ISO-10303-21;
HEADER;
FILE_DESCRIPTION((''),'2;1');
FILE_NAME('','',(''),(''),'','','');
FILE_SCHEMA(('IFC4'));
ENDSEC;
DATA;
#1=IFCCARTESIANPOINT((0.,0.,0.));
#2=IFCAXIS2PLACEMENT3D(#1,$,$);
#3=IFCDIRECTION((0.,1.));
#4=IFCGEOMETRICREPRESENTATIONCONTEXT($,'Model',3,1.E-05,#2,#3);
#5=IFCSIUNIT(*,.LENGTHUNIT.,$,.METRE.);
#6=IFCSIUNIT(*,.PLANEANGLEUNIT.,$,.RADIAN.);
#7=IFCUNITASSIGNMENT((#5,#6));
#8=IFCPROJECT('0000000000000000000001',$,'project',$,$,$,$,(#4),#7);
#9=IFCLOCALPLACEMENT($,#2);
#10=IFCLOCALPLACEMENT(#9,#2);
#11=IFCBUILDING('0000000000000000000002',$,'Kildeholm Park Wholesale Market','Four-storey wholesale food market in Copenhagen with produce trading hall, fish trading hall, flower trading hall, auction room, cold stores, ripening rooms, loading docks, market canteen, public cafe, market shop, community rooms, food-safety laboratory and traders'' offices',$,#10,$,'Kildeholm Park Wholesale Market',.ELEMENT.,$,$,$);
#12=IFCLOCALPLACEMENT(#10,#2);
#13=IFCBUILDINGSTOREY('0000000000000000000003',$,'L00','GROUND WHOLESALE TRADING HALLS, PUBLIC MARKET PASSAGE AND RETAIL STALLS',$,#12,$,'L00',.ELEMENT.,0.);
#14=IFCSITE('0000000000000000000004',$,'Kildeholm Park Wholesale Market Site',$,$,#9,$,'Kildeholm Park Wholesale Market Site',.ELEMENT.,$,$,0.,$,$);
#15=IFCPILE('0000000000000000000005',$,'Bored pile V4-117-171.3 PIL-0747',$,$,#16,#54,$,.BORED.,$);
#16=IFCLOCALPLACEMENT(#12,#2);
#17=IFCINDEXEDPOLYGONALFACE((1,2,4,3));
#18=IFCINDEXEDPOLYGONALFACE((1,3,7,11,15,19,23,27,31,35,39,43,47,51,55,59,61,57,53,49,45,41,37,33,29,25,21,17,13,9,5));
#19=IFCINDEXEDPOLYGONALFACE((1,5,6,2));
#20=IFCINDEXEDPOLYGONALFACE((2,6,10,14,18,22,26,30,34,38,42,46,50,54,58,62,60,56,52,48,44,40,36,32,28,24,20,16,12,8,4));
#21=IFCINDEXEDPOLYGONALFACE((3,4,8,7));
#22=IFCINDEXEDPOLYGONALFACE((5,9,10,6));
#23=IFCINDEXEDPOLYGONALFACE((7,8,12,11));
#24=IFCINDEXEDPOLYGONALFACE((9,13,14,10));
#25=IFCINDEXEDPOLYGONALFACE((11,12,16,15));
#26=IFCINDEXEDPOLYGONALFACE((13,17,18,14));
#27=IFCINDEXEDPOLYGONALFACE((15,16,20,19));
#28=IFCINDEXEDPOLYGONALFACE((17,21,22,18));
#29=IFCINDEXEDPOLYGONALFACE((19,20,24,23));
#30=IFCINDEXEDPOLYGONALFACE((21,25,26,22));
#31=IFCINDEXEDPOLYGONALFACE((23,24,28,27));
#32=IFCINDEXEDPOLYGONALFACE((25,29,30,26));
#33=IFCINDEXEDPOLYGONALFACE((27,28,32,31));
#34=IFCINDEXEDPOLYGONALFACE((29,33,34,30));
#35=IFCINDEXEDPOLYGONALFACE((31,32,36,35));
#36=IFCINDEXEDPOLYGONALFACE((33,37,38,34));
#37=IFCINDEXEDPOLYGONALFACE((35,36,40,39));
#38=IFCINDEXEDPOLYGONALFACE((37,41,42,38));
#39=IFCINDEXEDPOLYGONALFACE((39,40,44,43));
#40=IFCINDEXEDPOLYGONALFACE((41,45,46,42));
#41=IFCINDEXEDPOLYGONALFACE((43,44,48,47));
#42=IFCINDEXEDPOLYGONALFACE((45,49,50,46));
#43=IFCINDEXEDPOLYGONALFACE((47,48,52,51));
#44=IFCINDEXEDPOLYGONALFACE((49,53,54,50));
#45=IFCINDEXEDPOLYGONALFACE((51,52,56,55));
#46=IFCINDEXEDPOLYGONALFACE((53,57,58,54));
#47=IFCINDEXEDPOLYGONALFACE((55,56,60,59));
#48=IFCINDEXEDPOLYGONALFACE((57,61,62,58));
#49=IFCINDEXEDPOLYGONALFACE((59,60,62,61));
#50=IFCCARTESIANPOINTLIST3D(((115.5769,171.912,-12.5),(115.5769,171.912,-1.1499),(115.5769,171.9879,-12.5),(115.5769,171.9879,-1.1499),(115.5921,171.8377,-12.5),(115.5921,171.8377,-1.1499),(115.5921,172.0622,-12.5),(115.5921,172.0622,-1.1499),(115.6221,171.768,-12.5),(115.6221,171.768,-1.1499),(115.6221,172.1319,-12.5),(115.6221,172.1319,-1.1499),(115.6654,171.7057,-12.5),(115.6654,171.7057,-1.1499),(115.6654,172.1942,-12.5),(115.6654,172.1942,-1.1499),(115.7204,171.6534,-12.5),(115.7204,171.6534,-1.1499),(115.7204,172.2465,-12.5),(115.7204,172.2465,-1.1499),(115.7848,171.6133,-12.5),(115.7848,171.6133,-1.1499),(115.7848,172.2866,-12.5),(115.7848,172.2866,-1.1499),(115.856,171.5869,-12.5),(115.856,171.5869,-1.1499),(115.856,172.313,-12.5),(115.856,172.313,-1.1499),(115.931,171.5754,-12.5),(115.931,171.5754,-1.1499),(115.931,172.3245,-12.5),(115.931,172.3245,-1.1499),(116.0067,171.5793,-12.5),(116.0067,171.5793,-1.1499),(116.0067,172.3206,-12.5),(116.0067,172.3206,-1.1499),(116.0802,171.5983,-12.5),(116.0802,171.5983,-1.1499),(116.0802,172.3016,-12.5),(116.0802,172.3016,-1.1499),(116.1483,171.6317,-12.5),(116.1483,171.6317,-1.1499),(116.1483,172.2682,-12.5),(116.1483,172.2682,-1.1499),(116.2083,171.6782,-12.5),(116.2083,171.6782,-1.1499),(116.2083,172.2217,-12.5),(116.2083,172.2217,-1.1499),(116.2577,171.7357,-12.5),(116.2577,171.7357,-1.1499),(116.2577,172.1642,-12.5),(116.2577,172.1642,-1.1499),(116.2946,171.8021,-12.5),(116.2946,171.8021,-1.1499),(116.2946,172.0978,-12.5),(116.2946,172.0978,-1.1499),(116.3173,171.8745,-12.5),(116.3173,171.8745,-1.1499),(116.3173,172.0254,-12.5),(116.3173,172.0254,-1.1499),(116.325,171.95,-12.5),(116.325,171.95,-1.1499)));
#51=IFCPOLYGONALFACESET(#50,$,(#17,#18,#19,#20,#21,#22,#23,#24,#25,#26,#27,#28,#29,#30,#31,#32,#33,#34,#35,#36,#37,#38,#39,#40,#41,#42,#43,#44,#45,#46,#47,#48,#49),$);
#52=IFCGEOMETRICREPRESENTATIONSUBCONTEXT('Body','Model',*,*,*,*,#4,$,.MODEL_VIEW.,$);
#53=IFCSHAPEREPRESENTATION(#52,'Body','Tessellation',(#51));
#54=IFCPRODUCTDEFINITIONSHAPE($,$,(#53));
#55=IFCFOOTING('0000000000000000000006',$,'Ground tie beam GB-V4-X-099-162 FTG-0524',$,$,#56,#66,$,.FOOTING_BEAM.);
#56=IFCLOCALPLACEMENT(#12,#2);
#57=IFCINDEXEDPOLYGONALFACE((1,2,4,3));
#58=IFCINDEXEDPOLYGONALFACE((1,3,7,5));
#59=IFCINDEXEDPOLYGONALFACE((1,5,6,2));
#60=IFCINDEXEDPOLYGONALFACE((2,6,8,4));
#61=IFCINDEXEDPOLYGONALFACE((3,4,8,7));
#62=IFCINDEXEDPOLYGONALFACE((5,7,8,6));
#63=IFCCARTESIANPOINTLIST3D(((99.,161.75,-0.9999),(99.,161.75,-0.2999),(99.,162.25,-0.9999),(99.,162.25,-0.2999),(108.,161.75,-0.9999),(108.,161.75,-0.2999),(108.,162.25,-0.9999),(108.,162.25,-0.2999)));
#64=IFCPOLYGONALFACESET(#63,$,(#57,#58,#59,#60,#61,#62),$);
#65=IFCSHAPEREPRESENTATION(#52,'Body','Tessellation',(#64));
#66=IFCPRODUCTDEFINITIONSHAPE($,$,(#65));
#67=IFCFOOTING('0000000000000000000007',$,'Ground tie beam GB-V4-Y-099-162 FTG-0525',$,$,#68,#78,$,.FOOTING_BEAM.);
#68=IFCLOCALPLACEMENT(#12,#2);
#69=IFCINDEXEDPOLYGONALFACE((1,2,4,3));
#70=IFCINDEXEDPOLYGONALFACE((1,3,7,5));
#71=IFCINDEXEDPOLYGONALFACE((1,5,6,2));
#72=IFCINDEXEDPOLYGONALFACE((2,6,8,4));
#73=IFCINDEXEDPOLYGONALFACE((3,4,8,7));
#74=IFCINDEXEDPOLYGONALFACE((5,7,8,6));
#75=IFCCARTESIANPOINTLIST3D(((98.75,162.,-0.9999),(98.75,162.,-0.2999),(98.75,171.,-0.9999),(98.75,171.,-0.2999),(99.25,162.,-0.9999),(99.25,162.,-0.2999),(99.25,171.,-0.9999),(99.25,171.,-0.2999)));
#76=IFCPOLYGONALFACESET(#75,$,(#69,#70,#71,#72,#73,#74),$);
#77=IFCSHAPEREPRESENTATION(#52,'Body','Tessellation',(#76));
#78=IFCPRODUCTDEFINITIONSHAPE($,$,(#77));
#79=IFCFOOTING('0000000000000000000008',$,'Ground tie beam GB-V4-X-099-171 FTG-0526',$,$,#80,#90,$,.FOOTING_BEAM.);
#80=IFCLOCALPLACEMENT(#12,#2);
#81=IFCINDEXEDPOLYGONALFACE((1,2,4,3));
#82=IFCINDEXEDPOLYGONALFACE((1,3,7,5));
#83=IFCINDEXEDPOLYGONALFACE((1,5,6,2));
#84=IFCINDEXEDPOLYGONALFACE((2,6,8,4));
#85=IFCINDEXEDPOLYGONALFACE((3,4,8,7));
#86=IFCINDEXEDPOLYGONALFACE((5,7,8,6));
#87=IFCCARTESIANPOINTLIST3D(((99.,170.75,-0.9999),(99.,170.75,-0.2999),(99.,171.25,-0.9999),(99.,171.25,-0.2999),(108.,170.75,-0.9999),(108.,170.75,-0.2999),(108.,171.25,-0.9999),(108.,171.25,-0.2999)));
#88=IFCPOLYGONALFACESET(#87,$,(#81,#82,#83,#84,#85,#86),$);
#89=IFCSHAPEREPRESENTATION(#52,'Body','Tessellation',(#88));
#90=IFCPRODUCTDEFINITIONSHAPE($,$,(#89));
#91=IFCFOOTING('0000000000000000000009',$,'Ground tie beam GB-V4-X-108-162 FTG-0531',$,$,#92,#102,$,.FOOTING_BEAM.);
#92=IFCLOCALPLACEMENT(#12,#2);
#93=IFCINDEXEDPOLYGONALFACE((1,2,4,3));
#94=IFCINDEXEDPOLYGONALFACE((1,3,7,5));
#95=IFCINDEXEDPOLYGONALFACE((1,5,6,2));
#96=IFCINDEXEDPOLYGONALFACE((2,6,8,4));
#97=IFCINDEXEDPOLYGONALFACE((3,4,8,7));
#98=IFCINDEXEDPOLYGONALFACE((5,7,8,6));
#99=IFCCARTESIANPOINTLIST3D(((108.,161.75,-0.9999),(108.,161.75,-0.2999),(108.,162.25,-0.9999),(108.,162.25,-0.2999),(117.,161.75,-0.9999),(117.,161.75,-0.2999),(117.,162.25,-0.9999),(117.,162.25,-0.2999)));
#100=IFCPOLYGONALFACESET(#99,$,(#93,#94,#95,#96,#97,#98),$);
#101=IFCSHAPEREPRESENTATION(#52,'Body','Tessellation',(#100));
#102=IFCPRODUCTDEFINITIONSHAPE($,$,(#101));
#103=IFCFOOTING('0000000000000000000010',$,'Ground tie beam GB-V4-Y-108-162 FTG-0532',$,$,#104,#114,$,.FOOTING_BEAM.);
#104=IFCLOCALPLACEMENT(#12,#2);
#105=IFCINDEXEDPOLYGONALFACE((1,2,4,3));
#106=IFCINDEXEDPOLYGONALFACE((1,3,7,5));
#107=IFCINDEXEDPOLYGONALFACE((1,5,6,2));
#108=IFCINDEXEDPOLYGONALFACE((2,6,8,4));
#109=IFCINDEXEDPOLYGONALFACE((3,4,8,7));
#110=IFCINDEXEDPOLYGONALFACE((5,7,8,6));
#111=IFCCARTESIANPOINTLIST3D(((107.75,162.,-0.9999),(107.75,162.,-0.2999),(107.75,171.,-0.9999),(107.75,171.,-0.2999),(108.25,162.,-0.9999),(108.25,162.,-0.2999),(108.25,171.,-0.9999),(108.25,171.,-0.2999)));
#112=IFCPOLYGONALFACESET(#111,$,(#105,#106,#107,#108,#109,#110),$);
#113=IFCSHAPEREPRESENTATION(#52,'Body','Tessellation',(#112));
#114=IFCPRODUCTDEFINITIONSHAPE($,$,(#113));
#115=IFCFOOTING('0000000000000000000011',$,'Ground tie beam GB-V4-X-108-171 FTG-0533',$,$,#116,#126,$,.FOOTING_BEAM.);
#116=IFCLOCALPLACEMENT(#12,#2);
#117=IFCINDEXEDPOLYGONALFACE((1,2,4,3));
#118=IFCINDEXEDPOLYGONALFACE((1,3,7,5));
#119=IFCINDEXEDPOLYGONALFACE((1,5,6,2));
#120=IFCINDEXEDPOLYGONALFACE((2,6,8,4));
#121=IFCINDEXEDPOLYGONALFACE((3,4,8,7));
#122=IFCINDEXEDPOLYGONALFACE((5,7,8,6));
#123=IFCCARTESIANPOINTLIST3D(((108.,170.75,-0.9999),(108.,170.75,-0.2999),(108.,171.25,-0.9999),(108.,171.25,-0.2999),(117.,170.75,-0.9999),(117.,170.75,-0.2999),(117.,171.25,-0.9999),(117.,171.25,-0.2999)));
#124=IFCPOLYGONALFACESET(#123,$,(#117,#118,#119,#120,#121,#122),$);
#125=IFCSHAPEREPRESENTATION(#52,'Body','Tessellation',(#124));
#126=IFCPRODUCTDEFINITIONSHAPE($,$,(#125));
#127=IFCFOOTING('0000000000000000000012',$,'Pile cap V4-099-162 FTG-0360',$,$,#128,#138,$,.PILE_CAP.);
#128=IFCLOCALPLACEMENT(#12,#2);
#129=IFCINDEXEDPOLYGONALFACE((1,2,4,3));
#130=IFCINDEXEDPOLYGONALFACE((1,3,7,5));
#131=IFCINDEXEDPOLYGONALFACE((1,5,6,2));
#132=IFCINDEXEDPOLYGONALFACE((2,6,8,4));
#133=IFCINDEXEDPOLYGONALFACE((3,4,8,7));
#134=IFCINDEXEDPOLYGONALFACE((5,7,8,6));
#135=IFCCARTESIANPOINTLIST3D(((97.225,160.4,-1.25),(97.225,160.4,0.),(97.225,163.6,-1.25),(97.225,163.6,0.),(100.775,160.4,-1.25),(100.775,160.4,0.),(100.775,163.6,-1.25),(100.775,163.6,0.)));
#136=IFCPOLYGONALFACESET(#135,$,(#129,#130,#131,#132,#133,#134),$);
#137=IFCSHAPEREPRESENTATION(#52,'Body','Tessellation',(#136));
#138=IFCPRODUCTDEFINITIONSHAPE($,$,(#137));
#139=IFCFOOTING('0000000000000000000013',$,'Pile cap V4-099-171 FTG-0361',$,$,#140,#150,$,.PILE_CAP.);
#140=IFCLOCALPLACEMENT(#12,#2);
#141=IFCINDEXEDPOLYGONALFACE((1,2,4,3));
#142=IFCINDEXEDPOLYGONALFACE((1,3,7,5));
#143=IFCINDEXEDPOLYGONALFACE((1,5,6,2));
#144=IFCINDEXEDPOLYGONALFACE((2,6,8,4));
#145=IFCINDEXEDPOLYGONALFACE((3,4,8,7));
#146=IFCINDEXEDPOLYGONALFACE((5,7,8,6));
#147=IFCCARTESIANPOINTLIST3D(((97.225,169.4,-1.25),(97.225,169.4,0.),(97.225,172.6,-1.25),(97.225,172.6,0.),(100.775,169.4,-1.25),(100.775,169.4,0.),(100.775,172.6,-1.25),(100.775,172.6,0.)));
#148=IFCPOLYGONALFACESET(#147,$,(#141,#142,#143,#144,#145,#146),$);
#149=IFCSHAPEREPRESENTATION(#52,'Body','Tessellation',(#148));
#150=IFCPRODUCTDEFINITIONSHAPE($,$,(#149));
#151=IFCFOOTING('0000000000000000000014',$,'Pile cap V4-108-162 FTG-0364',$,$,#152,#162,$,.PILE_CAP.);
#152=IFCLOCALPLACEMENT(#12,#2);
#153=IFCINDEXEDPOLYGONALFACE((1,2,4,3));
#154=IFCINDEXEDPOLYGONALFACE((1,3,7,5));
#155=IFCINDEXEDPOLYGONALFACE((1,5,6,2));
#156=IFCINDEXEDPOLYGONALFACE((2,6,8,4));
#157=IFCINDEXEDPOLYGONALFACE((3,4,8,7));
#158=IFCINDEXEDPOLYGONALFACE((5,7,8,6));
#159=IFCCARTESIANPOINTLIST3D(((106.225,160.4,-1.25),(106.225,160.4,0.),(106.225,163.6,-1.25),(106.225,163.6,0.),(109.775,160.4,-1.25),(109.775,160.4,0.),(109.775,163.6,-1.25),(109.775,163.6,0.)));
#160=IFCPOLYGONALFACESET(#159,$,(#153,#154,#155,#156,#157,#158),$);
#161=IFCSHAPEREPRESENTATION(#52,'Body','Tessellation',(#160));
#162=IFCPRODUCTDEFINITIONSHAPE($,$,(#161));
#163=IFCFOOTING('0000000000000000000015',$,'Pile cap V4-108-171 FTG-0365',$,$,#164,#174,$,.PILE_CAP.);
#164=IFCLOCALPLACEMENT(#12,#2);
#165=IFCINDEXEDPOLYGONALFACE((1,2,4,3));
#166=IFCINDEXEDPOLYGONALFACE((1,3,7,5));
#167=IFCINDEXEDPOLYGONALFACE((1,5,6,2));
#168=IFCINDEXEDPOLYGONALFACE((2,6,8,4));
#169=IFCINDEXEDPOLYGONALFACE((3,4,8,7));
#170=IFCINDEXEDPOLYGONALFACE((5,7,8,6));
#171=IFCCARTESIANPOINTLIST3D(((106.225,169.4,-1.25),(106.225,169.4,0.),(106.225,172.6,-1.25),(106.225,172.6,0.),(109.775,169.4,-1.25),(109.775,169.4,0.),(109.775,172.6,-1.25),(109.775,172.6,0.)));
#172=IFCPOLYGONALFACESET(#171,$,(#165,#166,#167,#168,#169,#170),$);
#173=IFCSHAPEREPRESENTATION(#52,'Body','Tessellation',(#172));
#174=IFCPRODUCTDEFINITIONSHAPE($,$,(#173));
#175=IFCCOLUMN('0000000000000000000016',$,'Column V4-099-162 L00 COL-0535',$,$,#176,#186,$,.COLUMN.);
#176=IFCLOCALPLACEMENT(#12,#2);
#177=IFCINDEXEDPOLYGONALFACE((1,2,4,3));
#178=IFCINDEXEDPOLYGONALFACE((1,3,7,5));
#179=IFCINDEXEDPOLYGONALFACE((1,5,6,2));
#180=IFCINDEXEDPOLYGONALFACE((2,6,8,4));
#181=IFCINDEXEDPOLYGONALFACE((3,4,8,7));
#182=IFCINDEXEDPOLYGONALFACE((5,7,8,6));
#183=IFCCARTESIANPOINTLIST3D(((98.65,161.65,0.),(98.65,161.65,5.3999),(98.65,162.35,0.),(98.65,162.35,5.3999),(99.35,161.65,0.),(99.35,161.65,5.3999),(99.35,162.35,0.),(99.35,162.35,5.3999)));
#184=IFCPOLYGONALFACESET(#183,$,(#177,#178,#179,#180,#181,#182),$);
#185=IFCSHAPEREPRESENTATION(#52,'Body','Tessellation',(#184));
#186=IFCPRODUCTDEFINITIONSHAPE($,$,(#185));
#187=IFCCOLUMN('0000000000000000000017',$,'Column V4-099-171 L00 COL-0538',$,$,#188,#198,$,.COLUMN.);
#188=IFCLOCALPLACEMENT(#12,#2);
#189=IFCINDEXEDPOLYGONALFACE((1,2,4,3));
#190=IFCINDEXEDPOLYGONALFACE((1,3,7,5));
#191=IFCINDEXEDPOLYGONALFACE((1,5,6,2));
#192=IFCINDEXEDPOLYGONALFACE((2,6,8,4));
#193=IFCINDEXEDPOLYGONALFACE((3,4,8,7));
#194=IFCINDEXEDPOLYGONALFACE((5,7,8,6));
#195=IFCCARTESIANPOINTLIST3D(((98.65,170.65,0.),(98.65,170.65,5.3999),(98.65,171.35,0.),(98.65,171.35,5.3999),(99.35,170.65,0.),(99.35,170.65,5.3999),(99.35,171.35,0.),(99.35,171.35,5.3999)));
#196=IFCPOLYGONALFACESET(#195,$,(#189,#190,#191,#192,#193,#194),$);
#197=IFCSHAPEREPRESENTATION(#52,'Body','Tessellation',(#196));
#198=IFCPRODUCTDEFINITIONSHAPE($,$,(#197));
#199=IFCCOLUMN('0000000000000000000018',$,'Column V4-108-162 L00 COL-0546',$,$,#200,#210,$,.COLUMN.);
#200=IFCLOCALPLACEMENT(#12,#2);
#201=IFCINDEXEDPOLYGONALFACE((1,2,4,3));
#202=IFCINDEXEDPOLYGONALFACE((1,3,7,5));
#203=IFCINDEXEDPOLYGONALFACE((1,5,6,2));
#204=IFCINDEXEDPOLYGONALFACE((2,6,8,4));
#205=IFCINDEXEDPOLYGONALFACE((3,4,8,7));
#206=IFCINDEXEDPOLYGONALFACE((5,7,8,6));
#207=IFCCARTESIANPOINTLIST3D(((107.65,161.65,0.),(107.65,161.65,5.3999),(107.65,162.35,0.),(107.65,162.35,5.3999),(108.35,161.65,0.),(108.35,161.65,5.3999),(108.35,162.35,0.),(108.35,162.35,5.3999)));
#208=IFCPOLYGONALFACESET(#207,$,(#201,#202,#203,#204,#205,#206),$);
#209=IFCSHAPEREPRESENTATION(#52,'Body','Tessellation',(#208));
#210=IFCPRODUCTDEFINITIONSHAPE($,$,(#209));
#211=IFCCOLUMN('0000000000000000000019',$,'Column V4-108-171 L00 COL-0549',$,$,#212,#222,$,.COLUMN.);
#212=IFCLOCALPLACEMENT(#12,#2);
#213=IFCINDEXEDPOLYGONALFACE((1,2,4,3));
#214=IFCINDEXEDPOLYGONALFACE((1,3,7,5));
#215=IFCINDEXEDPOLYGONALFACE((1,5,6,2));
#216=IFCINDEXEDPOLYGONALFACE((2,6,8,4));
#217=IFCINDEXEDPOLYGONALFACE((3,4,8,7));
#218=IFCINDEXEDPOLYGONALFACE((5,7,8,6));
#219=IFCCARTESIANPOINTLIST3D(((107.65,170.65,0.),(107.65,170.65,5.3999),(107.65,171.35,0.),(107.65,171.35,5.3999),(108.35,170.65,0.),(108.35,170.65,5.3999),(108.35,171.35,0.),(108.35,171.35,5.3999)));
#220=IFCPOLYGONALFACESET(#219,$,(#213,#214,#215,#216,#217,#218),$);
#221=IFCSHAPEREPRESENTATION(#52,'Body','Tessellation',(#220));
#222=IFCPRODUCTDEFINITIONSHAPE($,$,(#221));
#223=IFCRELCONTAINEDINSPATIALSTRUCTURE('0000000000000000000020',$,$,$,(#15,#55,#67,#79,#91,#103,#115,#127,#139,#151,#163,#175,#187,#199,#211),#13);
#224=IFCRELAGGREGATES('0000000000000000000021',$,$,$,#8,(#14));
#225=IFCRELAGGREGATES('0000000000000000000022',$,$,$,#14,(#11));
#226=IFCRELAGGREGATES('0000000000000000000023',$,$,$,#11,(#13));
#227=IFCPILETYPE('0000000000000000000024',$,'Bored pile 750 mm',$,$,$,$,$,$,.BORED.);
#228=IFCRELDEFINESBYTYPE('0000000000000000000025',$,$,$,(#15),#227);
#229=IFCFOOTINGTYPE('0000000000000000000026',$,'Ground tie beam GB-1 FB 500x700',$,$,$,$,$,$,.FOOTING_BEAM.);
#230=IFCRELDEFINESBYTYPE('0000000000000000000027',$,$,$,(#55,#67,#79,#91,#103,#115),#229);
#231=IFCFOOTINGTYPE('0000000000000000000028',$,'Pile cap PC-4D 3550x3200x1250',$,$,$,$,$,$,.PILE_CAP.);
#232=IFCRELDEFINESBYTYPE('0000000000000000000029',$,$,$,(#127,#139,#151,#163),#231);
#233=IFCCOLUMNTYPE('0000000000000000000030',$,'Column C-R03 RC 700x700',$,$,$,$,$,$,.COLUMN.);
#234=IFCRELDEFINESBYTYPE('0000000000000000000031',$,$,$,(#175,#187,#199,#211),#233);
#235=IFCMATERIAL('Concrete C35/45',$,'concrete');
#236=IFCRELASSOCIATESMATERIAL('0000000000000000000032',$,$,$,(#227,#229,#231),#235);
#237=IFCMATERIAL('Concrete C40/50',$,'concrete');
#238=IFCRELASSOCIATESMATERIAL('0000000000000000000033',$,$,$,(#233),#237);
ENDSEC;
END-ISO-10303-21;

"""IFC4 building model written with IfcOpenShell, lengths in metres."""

from ifc_helpers import new_model, si_unit, direction, frame, origin, origin_2d, place, context, subcontext, project, spatial, rectangle, circle, extrude, material, material_profile, profile_set, type_object, element, save


model = new_model("IFC4")

# Units and contexts
model_context = context("Model", 3, precision=1e-05, world=origin(), true_north=direction((0.0, 1.0)))
body_context = subcontext(model_context, "Body", "Model", "MODEL_VIEW")
ifc_project = project(units=[si_unit("LENGTHUNIT", "METRE"), si_unit("PLANEANGLEUNIT", "RADIAN")], contexts=[model_context])

# Site, building, storey
site_placement = place(None, origin())
site = spatial("IfcSite", under=ifc_project, at=site_placement, Name="Kildeholm Park Wholesale Market Site", LongName="Kildeholm Park Wholesale Market Site", CompositionType="ELEMENT", RefElevation=0.0)
building_placement = place(site_placement, origin())
building = spatial("IfcBuilding", under=site, at=building_placement, Name="Kildeholm Park Wholesale Market", Description="Four-storey wholesale food market in Copenhagen with produce trading hall, fish trading hall, flower trading hall, auction room, cold stores, ripening rooms, loading docks, market canteen, public cafe, market shop, community rooms, food-safety laboratory and traders' offices", LongName="Kildeholm Park Wholesale Market", CompositionType="ELEMENT")
storey_placement = place(building_placement, origin())
storey = spatial("IfcBuildingStorey", under=building, at=storey_placement, Name="L00", Description="GROUND WHOLESALE TRADING HALLS, PUBLIC MARKET PASSAGE AND RETAIL STALLS", LongName="L00", CompositionType="ELEMENT", Elevation=0.0)

# Pile
ifc_material_1 = material(Name="Concrete C35/45", Category="concrete")
ifc_material_profile_1 = material_profile(ifc_material_1, circle(Radius=0.375, at=origin_2d()), Name="PILE D750")
ifc_profile_set_1 = profile_set([ifc_material_profile_1], Name="Concrete C35/45")
pile_type = type_object("IfcPileType", Name="Bored pile 750 mm", PredefinedType="BORED", material=ifc_profile_set_1)
for number, where, z_axis, x_axis, name in (
    (1, (115.95, 171.95, -1.1499), (0.0, 0.0, -1.0), (1.0, 0.0, 0.0), "Bored pile V4-117-171.3 PIL-0747"),
):
    element("IfcPile", number, at=place(storey_placement, frame(where, z_axis=z_axis, x_axis=x_axis)), inside=storey, type_object=pile_type, Name=name, PredefinedType="BORED", context=body_context, shape_type="SweptSolid", body=[
        extrude(circle(Radius=0.375, at=origin_2d()), origin(), (0.0, 0.0, 1.0), 11.3501),
    ])

# Footings
ifc_material_profile_2 = material_profile(ifc_material_1, rectangle(XDim=0.5, YDim=0.7, at=origin_2d()), Name="FB 500x700")
ifc_profile_set_2 = profile_set([ifc_material_profile_2], Name="Concrete C35/45")
footing_type_1 = type_object("IfcFootingType", Name="Ground tie beam GB-1 FB 500x700", PredefinedType="FOOTING_BEAM", material=ifc_profile_set_2)
for number, where, z_axis, x_axis, name in (
    (2, (99.0, 162.0, -0.6499), (1.0, 0.0, 0.0), (0.0, 1.0, 0.0), "Ground tie beam GB-V4-X-099-162 FTG-0524"),
    (3, (99.0, 162.0, -0.6499), (0.0, 1.0, 0.0), (-1.0, 0.0, 0.0), "Ground tie beam GB-V4-Y-099-162 FTG-0525"),
    (4, (99.0, 171.0, -0.6499), (1.0, 0.0, 0.0), (0.0, 1.0, 0.0), "Ground tie beam GB-V4-X-099-171 FTG-0526"),
    (5, (108.0, 162.0, -0.6499), (1.0, 0.0, 0.0), (0.0, 1.0, 0.0), "Ground tie beam GB-V4-X-108-162 FTG-0531"),
    (6, (108.0, 162.0, -0.6499), (0.0, 1.0, 0.0), (-1.0, 0.0, 0.0), "Ground tie beam GB-V4-Y-108-162 FTG-0532"),
    (7, (108.0, 171.0, -0.6499), (1.0, 0.0, 0.0), (0.0, 1.0, 0.0), "Ground tie beam GB-V4-X-108-171 FTG-0533"),
):
    element("IfcFooting", number, at=place(storey_placement, frame(where, z_axis=z_axis, x_axis=x_axis)), inside=storey, type_object=footing_type_1, Name=name, PredefinedType="FOOTING_BEAM", context=body_context, shape_type="SweptSolid", body=[
        extrude(rectangle(XDim=0.5, YDim=0.7, at=origin_2d()), origin(), (0.0, 0.0, 1.0), 9.0),
    ])
footing_type_2 = type_object("IfcFootingType", Name="Pile cap PC-4D 3550x3200x1250", PredefinedType="PILE_CAP", material=ifc_material_1)
for number, where, z_axis, x_axis, name in (
    (8, (99.0, 162.0, -1.25), (0.0, 0.0, 1.0), (1.0, 0.0, 0.0), "Pile cap V4-099-162 FTG-0360"),
    (9, (99.0, 171.0, -1.25), (0.0, 0.0, 1.0), (1.0, 0.0, 0.0), "Pile cap V4-099-171 FTG-0361"),
    (10, (108.0, 162.0, -1.25), (0.0, 0.0, 1.0), (1.0, 0.0, 0.0), "Pile cap V4-108-162 FTG-0364"),
    (11, (108.0, 171.0, -1.25), (0.0, 0.0, 1.0), (1.0, 0.0, 0.0), "Pile cap V4-108-171 FTG-0365"),
):
    element("IfcFooting", number, at=place(storey_placement, frame(where, z_axis=z_axis, x_axis=x_axis)), inside=storey, type_object=footing_type_2, Name=name, PredefinedType="PILE_CAP", context=body_context, shape_type="SweptSolid", body=[
        extrude(rectangle(XDim=3.55, YDim=3.2, at=origin_2d()), origin(), (0.0, 0.0, 1.0), 1.25),
    ])

# Columns
ifc_material_2 = material(Name="Concrete C40/50", Category="concrete")
ifc_material_profile_3 = material_profile(ifc_material_2, rectangle(XDim=0.7, YDim=0.7, at=origin_2d()), Name="RC 700x700")
ifc_profile_set_3 = profile_set([ifc_material_profile_3], Name="Concrete C40/50")
column_type = type_object("IfcColumnType", Name="Column C-R03 RC 700x700", PredefinedType="COLUMN", material=ifc_profile_set_3)
for number, where, z_axis, x_axis, name in (
    (12, (99.0, 162.0, 0.0), (0.0, 0.0, 1.0), (1.0, 0.0, 0.0), "Column V4-099-162 L00 COL-0535"),
    (13, (99.0, 171.0, 0.0), (0.0, 0.0, 1.0), (1.0, 0.0, 0.0), "Column V4-099-171 L00 COL-0538"),
    (14, (108.0, 162.0, 0.0), (0.0, 0.0, 1.0), (1.0, 0.0, 0.0), "Column V4-108-162 L00 COL-0546"),
    (15, (108.0, 171.0, 0.0), (0.0, 0.0, 1.0), (1.0, 0.0, 0.0), "Column V4-108-171 L00 COL-0549"),
):
    element("IfcColumn", number, at=place(storey_placement, frame(where, z_axis=z_axis, x_axis=x_axis)), inside=storey, type_object=column_type, Name=name, PredefinedType="COLUMN", context=body_context, shape_type="SweptSolid", body=[
        extrude(rectangle(XDim=0.7, YDim=0.7, at=origin_2d()), origin(), (0.0, 0.0, 1.0), 5.3999),
    ])

save(model, "model.ifc")
